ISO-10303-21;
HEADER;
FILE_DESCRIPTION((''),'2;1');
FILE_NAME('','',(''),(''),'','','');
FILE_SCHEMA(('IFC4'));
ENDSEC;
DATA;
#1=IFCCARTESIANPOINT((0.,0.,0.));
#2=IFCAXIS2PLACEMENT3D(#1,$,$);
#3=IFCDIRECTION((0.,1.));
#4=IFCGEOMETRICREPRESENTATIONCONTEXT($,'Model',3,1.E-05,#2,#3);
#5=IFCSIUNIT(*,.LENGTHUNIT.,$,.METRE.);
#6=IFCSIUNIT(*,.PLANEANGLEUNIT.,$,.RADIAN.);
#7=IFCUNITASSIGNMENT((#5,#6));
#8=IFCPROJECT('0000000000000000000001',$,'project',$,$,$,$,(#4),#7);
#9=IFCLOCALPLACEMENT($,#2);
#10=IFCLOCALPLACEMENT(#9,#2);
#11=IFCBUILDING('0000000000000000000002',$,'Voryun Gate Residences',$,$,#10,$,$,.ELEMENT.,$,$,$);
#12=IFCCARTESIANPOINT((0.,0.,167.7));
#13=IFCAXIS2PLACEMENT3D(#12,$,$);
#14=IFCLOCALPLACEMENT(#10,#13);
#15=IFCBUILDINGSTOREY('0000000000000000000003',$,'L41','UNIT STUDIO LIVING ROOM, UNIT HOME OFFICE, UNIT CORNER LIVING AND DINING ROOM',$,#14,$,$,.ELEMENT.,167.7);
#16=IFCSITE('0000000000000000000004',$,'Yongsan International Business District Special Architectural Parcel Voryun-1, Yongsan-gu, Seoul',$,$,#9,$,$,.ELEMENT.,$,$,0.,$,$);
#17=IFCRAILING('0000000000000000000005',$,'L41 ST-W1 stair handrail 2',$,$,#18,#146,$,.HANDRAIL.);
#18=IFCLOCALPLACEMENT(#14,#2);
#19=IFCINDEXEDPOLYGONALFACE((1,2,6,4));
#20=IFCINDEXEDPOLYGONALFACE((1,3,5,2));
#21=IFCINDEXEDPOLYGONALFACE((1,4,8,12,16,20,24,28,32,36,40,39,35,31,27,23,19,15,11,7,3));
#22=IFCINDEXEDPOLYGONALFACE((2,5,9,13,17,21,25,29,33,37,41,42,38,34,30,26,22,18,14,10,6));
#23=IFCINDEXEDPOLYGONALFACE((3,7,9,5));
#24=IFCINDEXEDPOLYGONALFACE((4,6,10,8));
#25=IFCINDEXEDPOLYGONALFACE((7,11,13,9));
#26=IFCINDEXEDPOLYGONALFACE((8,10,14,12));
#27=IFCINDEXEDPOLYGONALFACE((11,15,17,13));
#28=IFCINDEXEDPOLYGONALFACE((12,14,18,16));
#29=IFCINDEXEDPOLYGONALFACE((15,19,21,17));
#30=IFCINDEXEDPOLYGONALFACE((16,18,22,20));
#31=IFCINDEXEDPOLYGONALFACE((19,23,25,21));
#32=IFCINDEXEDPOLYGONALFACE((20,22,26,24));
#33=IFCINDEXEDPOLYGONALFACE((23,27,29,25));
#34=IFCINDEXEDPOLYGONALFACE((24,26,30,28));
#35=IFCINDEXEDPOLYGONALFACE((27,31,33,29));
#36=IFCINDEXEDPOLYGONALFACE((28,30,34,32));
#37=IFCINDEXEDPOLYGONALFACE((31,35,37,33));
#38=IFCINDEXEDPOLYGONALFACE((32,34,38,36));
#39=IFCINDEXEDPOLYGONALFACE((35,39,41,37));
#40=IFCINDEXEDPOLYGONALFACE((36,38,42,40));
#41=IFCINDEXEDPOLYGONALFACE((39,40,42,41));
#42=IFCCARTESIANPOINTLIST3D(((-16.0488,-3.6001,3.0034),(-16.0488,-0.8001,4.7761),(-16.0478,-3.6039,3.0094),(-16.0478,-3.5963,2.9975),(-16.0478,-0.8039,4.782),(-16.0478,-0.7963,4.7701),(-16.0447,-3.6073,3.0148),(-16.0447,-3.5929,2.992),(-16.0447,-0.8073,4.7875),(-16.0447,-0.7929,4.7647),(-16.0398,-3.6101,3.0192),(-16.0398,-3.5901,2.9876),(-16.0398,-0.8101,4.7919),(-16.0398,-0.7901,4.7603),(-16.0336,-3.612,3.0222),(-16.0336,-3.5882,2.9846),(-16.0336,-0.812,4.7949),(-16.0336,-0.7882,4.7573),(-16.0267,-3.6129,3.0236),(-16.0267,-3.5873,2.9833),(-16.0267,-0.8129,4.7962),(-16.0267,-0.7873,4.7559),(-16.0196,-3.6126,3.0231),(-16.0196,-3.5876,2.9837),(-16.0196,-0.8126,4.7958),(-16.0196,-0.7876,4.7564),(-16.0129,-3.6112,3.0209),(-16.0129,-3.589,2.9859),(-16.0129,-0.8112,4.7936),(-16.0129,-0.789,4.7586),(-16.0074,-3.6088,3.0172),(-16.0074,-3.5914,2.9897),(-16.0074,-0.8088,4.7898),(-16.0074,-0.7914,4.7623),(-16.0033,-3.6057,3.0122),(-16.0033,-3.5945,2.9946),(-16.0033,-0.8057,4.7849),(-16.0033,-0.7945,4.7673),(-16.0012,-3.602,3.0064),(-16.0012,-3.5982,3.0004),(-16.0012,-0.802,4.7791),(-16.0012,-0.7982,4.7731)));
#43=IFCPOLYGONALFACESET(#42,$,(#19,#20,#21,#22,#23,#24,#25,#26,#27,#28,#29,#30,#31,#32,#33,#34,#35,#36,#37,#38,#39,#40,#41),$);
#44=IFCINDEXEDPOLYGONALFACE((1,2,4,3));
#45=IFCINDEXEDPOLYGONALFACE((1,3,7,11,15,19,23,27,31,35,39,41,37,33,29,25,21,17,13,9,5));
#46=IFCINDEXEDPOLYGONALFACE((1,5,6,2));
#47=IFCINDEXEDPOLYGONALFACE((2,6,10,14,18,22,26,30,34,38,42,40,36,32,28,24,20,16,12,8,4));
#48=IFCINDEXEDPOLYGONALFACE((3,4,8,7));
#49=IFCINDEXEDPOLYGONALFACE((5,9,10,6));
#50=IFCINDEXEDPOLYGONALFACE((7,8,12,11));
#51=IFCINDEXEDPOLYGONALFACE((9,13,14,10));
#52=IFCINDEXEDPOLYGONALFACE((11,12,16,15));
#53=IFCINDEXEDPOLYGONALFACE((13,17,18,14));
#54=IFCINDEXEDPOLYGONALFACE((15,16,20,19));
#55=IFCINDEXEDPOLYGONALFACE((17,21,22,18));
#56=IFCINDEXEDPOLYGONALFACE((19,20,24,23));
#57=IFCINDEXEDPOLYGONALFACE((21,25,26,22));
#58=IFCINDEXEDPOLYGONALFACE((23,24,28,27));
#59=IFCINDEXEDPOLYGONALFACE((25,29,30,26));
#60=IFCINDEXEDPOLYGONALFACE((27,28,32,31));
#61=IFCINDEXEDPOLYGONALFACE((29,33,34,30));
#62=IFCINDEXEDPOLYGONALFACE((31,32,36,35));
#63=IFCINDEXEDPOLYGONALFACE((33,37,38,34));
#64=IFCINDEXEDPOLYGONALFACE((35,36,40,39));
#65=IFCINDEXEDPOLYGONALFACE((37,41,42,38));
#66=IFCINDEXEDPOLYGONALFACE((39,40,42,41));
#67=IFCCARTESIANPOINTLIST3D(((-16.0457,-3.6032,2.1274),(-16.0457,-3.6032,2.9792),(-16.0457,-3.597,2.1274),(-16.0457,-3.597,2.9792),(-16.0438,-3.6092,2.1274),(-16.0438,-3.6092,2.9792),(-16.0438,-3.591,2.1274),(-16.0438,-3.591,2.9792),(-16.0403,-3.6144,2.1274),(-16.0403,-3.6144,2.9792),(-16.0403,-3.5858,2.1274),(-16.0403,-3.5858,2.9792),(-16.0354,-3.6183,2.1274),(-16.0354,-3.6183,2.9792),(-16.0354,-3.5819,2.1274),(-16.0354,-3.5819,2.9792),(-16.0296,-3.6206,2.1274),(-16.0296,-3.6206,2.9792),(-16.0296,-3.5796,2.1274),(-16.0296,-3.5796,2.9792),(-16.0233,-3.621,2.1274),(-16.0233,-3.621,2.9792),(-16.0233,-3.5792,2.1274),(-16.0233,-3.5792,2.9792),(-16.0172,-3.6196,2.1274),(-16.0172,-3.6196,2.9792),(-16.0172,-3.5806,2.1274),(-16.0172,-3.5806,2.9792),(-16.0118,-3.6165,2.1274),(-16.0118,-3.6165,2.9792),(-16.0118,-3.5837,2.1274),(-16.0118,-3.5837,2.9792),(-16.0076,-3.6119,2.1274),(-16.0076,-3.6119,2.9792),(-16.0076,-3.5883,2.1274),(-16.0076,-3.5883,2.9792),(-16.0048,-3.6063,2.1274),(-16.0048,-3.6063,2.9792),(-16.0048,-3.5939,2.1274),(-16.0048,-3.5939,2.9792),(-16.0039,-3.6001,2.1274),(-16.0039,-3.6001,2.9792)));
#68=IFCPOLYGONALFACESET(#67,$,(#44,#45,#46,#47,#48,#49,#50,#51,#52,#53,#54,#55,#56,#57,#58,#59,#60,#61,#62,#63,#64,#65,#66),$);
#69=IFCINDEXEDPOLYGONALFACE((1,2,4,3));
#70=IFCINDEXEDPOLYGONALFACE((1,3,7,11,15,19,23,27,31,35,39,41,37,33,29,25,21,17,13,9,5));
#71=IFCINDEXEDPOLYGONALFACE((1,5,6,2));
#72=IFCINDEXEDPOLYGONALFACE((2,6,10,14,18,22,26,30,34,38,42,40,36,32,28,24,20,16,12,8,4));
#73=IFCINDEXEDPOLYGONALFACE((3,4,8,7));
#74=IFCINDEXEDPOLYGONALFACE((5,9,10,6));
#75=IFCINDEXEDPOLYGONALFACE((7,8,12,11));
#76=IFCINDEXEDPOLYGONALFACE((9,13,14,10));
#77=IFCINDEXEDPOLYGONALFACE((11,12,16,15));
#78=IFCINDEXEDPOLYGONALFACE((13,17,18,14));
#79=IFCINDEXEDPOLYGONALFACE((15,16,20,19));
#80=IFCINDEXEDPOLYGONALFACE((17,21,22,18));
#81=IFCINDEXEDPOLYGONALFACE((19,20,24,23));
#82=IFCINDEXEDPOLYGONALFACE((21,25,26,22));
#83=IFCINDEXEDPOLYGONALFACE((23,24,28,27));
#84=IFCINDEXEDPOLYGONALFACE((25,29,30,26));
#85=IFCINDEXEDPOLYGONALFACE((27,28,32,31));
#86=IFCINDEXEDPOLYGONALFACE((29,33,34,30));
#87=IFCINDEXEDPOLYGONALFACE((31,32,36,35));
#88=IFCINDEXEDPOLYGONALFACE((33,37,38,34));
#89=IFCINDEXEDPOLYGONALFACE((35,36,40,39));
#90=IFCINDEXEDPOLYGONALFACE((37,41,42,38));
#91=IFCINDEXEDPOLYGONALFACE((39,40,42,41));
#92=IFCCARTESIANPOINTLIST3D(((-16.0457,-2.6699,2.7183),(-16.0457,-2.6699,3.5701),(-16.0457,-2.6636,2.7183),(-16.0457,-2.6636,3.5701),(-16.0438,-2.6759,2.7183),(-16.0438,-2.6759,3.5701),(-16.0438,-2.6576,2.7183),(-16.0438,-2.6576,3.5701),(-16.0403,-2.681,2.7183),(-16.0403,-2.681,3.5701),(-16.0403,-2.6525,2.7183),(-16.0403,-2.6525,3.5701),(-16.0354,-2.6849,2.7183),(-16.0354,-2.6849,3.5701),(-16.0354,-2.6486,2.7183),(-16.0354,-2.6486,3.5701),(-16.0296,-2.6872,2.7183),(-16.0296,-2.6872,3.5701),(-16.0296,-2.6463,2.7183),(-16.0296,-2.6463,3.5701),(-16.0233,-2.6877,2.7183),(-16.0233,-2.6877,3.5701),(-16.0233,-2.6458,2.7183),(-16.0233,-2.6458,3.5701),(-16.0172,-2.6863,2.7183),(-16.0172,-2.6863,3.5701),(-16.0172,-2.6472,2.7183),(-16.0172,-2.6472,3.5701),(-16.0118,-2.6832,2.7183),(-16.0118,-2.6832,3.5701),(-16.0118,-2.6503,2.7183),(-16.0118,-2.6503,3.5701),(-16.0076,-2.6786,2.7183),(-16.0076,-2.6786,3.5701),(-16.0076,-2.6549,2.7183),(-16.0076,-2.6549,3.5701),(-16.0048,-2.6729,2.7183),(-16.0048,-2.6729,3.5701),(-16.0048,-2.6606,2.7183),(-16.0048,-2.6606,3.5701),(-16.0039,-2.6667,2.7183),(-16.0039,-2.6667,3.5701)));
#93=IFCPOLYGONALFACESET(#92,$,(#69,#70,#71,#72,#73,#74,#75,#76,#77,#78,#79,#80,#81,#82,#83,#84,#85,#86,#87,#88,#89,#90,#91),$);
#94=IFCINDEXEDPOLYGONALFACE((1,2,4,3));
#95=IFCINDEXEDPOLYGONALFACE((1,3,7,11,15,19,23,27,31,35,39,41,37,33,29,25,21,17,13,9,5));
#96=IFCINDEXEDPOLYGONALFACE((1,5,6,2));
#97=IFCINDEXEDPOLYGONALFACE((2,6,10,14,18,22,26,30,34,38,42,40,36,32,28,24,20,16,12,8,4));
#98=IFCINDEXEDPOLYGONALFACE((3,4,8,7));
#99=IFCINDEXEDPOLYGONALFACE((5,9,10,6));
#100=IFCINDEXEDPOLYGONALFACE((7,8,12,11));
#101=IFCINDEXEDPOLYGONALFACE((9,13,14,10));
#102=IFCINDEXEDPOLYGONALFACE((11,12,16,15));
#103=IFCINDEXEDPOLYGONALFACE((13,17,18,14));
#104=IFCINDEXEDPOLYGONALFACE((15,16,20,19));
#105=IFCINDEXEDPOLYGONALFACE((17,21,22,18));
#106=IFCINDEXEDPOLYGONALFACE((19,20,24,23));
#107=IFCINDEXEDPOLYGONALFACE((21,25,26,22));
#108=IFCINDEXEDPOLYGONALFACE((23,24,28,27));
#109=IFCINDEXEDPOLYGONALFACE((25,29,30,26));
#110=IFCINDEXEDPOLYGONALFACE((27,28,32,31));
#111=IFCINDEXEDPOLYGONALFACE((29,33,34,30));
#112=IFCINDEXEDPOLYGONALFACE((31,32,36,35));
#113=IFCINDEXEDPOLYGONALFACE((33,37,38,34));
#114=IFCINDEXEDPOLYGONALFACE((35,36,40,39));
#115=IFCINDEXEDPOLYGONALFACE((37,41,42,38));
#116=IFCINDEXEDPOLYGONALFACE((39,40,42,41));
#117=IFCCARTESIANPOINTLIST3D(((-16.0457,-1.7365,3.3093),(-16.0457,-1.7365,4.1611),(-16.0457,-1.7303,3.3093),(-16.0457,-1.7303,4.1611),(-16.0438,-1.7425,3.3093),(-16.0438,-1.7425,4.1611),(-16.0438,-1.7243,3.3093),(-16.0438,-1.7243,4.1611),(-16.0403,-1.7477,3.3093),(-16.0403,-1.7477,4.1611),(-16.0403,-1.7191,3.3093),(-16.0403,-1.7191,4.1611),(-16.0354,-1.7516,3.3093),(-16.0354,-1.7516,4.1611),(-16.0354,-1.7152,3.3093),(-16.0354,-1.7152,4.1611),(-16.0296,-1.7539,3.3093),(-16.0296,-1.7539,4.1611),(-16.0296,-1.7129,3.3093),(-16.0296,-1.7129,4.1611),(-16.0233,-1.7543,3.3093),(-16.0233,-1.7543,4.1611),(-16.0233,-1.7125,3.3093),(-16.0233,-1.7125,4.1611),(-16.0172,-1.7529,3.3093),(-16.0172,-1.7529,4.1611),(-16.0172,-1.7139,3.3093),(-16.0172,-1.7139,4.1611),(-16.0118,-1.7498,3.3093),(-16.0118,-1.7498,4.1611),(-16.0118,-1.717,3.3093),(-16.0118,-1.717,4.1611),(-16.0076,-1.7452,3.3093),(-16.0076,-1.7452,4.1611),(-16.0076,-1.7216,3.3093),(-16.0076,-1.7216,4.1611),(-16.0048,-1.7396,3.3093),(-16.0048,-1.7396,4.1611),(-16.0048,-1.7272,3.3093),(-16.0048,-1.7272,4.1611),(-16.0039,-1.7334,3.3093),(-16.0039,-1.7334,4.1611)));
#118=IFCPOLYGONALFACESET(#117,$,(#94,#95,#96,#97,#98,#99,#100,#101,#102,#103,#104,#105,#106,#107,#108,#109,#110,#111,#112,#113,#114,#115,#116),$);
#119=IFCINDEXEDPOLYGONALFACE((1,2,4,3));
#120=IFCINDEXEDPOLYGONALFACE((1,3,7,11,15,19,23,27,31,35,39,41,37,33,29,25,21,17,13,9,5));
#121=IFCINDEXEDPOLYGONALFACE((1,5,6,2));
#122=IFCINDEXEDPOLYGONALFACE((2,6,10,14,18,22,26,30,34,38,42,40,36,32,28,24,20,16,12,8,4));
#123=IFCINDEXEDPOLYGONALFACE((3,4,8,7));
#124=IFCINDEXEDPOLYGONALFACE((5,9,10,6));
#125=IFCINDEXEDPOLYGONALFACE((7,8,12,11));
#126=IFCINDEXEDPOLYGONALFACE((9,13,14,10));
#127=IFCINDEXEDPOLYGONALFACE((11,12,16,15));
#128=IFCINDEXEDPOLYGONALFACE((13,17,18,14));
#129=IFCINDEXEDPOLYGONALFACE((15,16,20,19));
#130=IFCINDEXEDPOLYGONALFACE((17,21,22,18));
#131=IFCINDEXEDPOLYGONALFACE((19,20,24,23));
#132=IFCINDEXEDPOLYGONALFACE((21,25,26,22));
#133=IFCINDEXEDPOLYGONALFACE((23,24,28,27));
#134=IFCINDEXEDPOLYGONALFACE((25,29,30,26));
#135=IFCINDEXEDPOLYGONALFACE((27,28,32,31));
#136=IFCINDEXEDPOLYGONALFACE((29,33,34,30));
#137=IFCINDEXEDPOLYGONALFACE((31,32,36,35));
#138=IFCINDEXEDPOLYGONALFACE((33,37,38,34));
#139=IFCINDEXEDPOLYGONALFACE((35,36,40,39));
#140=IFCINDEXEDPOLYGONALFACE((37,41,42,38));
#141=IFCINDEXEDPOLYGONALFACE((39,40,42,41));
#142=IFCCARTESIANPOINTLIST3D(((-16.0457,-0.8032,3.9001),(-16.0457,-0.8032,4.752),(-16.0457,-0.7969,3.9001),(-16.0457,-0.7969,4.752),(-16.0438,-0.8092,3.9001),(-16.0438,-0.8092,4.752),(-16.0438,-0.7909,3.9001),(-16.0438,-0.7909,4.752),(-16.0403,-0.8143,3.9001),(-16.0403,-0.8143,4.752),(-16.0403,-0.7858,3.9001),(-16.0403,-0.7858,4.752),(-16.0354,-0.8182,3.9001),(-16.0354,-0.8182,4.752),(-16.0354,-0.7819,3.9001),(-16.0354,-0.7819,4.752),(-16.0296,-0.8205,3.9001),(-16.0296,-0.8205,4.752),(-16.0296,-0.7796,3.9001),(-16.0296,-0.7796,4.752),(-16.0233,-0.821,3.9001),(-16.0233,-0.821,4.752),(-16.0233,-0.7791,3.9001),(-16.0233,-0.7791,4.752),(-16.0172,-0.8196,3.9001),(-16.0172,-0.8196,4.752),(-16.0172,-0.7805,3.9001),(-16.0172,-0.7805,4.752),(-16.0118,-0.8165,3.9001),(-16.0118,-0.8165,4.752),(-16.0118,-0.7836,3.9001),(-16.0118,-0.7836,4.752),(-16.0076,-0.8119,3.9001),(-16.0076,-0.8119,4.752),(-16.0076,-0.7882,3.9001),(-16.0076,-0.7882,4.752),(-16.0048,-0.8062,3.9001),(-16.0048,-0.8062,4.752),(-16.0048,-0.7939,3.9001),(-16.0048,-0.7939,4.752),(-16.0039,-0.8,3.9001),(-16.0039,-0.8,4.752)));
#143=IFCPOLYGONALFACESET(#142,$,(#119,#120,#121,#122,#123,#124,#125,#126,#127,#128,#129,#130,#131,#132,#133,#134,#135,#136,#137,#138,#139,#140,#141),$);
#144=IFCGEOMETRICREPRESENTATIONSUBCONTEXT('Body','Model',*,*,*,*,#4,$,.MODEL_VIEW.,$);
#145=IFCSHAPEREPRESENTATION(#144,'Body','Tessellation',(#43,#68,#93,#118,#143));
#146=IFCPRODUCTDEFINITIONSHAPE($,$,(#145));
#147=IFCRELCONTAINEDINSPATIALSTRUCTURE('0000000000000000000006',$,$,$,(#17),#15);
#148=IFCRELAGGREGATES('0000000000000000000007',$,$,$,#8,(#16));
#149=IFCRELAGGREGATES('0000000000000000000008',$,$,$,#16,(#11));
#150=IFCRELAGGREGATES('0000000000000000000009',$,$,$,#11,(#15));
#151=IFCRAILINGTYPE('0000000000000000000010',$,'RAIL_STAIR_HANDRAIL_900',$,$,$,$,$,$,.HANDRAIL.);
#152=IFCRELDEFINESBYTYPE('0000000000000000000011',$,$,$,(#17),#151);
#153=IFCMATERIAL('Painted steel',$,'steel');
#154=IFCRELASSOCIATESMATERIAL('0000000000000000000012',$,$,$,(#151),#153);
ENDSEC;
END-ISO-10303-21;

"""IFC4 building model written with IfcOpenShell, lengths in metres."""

from ifc_helpers import new_model, si_unit, direction, frame, origin, origin_2d, place, context, subcontext, project, spatial, circle, extrude, material, type_object, element, save


model = new_model("IFC4")

# Units and contexts
model_context = context("Model", 3, precision=1e-05, world=origin(), true_north=direction((0.0, 1.0)))
body_context = subcontext(model_context, "Body", "Model", "MODEL_VIEW")
ifc_project = project(units=[si_unit("LENGTHUNIT", "METRE"), si_unit("PLANEANGLEUNIT", "RADIAN")], contexts=[model_context])

# Site, building, storey
site_placement = place(None, origin())
site = spatial("IfcSite", under=ifc_project, at=site_placement, Name="Yongsan International Business District Special Architectural Parcel Voryun-1, Yongsan-gu, Seoul", CompositionType="ELEMENT", RefElevation=0.0)
building_placement = place(site_placement, origin())
building = spatial("IfcBuilding", under=site, at=building_placement, Name="Voryun Gate Residences", CompositionType="ELEMENT")
storey_placement = place(building_placement, frame((0.0, 0.0, 167.7)))
storey = spatial("IfcBuildingStorey", under=building, at=storey_placement, Name="L41", Description="UNIT STUDIO LIVING ROOM, UNIT HOME OFFICE, UNIT CORNER LIVING AND DINING ROOM", CompositionType="ELEMENT", Elevation=167.7)

# Railing
ifc_material_1 = material(Name="Painted steel", Category="steel")
railing_type_1 = type_object("IfcRailingType", Name="RAIL_STAIR_HANDRAIL_900", PredefinedType="HANDRAIL", material=ifc_material_1)
railing_1_placement = place(storey_placement, frame((-16.0249, -3.6001, 2.1274)))
element("IfcRailing", 1, at=railing_1_placement, inside=storey, type_object=railing_type_1, Name="L41 ST-W1 stair handrail 2", PredefinedType="HANDRAIL", context=body_context, shape_type="SweptSolid", body=[
    extrude(circle(Radius=0.0239, at=origin_2d()), frame((0.0, 0.0, 0.876), z_axis=(0.0, 0.844909, 0.53491), x_axis=(-1.0, 0.0, 0.0)), (0.0, 0.0, 1.0), 3.314),
    extrude(circle(Radius=0.021, at=origin_2d()), origin(), (0.0, 0.0, 1.0), 0.8518),
    extrude(circle(Radius=0.021, at=origin_2d()), frame((0.0, 0.9333, 0.5908)), (0.0, 0.0, 1.0), 0.8518),
    extrude(circle(Radius=0.021, at=origin_2d()), frame((0.0, 1.8667, 1.1819)), (0.0, 0.0, 1.0), 0.8518),
    extrude(circle(Radius=0.021, at=origin_2d()), frame((0.0, 2.8, 1.7727)), (0.0, 0.0, 1.0), 0.8518),
])

save(model, "model.ifc")
